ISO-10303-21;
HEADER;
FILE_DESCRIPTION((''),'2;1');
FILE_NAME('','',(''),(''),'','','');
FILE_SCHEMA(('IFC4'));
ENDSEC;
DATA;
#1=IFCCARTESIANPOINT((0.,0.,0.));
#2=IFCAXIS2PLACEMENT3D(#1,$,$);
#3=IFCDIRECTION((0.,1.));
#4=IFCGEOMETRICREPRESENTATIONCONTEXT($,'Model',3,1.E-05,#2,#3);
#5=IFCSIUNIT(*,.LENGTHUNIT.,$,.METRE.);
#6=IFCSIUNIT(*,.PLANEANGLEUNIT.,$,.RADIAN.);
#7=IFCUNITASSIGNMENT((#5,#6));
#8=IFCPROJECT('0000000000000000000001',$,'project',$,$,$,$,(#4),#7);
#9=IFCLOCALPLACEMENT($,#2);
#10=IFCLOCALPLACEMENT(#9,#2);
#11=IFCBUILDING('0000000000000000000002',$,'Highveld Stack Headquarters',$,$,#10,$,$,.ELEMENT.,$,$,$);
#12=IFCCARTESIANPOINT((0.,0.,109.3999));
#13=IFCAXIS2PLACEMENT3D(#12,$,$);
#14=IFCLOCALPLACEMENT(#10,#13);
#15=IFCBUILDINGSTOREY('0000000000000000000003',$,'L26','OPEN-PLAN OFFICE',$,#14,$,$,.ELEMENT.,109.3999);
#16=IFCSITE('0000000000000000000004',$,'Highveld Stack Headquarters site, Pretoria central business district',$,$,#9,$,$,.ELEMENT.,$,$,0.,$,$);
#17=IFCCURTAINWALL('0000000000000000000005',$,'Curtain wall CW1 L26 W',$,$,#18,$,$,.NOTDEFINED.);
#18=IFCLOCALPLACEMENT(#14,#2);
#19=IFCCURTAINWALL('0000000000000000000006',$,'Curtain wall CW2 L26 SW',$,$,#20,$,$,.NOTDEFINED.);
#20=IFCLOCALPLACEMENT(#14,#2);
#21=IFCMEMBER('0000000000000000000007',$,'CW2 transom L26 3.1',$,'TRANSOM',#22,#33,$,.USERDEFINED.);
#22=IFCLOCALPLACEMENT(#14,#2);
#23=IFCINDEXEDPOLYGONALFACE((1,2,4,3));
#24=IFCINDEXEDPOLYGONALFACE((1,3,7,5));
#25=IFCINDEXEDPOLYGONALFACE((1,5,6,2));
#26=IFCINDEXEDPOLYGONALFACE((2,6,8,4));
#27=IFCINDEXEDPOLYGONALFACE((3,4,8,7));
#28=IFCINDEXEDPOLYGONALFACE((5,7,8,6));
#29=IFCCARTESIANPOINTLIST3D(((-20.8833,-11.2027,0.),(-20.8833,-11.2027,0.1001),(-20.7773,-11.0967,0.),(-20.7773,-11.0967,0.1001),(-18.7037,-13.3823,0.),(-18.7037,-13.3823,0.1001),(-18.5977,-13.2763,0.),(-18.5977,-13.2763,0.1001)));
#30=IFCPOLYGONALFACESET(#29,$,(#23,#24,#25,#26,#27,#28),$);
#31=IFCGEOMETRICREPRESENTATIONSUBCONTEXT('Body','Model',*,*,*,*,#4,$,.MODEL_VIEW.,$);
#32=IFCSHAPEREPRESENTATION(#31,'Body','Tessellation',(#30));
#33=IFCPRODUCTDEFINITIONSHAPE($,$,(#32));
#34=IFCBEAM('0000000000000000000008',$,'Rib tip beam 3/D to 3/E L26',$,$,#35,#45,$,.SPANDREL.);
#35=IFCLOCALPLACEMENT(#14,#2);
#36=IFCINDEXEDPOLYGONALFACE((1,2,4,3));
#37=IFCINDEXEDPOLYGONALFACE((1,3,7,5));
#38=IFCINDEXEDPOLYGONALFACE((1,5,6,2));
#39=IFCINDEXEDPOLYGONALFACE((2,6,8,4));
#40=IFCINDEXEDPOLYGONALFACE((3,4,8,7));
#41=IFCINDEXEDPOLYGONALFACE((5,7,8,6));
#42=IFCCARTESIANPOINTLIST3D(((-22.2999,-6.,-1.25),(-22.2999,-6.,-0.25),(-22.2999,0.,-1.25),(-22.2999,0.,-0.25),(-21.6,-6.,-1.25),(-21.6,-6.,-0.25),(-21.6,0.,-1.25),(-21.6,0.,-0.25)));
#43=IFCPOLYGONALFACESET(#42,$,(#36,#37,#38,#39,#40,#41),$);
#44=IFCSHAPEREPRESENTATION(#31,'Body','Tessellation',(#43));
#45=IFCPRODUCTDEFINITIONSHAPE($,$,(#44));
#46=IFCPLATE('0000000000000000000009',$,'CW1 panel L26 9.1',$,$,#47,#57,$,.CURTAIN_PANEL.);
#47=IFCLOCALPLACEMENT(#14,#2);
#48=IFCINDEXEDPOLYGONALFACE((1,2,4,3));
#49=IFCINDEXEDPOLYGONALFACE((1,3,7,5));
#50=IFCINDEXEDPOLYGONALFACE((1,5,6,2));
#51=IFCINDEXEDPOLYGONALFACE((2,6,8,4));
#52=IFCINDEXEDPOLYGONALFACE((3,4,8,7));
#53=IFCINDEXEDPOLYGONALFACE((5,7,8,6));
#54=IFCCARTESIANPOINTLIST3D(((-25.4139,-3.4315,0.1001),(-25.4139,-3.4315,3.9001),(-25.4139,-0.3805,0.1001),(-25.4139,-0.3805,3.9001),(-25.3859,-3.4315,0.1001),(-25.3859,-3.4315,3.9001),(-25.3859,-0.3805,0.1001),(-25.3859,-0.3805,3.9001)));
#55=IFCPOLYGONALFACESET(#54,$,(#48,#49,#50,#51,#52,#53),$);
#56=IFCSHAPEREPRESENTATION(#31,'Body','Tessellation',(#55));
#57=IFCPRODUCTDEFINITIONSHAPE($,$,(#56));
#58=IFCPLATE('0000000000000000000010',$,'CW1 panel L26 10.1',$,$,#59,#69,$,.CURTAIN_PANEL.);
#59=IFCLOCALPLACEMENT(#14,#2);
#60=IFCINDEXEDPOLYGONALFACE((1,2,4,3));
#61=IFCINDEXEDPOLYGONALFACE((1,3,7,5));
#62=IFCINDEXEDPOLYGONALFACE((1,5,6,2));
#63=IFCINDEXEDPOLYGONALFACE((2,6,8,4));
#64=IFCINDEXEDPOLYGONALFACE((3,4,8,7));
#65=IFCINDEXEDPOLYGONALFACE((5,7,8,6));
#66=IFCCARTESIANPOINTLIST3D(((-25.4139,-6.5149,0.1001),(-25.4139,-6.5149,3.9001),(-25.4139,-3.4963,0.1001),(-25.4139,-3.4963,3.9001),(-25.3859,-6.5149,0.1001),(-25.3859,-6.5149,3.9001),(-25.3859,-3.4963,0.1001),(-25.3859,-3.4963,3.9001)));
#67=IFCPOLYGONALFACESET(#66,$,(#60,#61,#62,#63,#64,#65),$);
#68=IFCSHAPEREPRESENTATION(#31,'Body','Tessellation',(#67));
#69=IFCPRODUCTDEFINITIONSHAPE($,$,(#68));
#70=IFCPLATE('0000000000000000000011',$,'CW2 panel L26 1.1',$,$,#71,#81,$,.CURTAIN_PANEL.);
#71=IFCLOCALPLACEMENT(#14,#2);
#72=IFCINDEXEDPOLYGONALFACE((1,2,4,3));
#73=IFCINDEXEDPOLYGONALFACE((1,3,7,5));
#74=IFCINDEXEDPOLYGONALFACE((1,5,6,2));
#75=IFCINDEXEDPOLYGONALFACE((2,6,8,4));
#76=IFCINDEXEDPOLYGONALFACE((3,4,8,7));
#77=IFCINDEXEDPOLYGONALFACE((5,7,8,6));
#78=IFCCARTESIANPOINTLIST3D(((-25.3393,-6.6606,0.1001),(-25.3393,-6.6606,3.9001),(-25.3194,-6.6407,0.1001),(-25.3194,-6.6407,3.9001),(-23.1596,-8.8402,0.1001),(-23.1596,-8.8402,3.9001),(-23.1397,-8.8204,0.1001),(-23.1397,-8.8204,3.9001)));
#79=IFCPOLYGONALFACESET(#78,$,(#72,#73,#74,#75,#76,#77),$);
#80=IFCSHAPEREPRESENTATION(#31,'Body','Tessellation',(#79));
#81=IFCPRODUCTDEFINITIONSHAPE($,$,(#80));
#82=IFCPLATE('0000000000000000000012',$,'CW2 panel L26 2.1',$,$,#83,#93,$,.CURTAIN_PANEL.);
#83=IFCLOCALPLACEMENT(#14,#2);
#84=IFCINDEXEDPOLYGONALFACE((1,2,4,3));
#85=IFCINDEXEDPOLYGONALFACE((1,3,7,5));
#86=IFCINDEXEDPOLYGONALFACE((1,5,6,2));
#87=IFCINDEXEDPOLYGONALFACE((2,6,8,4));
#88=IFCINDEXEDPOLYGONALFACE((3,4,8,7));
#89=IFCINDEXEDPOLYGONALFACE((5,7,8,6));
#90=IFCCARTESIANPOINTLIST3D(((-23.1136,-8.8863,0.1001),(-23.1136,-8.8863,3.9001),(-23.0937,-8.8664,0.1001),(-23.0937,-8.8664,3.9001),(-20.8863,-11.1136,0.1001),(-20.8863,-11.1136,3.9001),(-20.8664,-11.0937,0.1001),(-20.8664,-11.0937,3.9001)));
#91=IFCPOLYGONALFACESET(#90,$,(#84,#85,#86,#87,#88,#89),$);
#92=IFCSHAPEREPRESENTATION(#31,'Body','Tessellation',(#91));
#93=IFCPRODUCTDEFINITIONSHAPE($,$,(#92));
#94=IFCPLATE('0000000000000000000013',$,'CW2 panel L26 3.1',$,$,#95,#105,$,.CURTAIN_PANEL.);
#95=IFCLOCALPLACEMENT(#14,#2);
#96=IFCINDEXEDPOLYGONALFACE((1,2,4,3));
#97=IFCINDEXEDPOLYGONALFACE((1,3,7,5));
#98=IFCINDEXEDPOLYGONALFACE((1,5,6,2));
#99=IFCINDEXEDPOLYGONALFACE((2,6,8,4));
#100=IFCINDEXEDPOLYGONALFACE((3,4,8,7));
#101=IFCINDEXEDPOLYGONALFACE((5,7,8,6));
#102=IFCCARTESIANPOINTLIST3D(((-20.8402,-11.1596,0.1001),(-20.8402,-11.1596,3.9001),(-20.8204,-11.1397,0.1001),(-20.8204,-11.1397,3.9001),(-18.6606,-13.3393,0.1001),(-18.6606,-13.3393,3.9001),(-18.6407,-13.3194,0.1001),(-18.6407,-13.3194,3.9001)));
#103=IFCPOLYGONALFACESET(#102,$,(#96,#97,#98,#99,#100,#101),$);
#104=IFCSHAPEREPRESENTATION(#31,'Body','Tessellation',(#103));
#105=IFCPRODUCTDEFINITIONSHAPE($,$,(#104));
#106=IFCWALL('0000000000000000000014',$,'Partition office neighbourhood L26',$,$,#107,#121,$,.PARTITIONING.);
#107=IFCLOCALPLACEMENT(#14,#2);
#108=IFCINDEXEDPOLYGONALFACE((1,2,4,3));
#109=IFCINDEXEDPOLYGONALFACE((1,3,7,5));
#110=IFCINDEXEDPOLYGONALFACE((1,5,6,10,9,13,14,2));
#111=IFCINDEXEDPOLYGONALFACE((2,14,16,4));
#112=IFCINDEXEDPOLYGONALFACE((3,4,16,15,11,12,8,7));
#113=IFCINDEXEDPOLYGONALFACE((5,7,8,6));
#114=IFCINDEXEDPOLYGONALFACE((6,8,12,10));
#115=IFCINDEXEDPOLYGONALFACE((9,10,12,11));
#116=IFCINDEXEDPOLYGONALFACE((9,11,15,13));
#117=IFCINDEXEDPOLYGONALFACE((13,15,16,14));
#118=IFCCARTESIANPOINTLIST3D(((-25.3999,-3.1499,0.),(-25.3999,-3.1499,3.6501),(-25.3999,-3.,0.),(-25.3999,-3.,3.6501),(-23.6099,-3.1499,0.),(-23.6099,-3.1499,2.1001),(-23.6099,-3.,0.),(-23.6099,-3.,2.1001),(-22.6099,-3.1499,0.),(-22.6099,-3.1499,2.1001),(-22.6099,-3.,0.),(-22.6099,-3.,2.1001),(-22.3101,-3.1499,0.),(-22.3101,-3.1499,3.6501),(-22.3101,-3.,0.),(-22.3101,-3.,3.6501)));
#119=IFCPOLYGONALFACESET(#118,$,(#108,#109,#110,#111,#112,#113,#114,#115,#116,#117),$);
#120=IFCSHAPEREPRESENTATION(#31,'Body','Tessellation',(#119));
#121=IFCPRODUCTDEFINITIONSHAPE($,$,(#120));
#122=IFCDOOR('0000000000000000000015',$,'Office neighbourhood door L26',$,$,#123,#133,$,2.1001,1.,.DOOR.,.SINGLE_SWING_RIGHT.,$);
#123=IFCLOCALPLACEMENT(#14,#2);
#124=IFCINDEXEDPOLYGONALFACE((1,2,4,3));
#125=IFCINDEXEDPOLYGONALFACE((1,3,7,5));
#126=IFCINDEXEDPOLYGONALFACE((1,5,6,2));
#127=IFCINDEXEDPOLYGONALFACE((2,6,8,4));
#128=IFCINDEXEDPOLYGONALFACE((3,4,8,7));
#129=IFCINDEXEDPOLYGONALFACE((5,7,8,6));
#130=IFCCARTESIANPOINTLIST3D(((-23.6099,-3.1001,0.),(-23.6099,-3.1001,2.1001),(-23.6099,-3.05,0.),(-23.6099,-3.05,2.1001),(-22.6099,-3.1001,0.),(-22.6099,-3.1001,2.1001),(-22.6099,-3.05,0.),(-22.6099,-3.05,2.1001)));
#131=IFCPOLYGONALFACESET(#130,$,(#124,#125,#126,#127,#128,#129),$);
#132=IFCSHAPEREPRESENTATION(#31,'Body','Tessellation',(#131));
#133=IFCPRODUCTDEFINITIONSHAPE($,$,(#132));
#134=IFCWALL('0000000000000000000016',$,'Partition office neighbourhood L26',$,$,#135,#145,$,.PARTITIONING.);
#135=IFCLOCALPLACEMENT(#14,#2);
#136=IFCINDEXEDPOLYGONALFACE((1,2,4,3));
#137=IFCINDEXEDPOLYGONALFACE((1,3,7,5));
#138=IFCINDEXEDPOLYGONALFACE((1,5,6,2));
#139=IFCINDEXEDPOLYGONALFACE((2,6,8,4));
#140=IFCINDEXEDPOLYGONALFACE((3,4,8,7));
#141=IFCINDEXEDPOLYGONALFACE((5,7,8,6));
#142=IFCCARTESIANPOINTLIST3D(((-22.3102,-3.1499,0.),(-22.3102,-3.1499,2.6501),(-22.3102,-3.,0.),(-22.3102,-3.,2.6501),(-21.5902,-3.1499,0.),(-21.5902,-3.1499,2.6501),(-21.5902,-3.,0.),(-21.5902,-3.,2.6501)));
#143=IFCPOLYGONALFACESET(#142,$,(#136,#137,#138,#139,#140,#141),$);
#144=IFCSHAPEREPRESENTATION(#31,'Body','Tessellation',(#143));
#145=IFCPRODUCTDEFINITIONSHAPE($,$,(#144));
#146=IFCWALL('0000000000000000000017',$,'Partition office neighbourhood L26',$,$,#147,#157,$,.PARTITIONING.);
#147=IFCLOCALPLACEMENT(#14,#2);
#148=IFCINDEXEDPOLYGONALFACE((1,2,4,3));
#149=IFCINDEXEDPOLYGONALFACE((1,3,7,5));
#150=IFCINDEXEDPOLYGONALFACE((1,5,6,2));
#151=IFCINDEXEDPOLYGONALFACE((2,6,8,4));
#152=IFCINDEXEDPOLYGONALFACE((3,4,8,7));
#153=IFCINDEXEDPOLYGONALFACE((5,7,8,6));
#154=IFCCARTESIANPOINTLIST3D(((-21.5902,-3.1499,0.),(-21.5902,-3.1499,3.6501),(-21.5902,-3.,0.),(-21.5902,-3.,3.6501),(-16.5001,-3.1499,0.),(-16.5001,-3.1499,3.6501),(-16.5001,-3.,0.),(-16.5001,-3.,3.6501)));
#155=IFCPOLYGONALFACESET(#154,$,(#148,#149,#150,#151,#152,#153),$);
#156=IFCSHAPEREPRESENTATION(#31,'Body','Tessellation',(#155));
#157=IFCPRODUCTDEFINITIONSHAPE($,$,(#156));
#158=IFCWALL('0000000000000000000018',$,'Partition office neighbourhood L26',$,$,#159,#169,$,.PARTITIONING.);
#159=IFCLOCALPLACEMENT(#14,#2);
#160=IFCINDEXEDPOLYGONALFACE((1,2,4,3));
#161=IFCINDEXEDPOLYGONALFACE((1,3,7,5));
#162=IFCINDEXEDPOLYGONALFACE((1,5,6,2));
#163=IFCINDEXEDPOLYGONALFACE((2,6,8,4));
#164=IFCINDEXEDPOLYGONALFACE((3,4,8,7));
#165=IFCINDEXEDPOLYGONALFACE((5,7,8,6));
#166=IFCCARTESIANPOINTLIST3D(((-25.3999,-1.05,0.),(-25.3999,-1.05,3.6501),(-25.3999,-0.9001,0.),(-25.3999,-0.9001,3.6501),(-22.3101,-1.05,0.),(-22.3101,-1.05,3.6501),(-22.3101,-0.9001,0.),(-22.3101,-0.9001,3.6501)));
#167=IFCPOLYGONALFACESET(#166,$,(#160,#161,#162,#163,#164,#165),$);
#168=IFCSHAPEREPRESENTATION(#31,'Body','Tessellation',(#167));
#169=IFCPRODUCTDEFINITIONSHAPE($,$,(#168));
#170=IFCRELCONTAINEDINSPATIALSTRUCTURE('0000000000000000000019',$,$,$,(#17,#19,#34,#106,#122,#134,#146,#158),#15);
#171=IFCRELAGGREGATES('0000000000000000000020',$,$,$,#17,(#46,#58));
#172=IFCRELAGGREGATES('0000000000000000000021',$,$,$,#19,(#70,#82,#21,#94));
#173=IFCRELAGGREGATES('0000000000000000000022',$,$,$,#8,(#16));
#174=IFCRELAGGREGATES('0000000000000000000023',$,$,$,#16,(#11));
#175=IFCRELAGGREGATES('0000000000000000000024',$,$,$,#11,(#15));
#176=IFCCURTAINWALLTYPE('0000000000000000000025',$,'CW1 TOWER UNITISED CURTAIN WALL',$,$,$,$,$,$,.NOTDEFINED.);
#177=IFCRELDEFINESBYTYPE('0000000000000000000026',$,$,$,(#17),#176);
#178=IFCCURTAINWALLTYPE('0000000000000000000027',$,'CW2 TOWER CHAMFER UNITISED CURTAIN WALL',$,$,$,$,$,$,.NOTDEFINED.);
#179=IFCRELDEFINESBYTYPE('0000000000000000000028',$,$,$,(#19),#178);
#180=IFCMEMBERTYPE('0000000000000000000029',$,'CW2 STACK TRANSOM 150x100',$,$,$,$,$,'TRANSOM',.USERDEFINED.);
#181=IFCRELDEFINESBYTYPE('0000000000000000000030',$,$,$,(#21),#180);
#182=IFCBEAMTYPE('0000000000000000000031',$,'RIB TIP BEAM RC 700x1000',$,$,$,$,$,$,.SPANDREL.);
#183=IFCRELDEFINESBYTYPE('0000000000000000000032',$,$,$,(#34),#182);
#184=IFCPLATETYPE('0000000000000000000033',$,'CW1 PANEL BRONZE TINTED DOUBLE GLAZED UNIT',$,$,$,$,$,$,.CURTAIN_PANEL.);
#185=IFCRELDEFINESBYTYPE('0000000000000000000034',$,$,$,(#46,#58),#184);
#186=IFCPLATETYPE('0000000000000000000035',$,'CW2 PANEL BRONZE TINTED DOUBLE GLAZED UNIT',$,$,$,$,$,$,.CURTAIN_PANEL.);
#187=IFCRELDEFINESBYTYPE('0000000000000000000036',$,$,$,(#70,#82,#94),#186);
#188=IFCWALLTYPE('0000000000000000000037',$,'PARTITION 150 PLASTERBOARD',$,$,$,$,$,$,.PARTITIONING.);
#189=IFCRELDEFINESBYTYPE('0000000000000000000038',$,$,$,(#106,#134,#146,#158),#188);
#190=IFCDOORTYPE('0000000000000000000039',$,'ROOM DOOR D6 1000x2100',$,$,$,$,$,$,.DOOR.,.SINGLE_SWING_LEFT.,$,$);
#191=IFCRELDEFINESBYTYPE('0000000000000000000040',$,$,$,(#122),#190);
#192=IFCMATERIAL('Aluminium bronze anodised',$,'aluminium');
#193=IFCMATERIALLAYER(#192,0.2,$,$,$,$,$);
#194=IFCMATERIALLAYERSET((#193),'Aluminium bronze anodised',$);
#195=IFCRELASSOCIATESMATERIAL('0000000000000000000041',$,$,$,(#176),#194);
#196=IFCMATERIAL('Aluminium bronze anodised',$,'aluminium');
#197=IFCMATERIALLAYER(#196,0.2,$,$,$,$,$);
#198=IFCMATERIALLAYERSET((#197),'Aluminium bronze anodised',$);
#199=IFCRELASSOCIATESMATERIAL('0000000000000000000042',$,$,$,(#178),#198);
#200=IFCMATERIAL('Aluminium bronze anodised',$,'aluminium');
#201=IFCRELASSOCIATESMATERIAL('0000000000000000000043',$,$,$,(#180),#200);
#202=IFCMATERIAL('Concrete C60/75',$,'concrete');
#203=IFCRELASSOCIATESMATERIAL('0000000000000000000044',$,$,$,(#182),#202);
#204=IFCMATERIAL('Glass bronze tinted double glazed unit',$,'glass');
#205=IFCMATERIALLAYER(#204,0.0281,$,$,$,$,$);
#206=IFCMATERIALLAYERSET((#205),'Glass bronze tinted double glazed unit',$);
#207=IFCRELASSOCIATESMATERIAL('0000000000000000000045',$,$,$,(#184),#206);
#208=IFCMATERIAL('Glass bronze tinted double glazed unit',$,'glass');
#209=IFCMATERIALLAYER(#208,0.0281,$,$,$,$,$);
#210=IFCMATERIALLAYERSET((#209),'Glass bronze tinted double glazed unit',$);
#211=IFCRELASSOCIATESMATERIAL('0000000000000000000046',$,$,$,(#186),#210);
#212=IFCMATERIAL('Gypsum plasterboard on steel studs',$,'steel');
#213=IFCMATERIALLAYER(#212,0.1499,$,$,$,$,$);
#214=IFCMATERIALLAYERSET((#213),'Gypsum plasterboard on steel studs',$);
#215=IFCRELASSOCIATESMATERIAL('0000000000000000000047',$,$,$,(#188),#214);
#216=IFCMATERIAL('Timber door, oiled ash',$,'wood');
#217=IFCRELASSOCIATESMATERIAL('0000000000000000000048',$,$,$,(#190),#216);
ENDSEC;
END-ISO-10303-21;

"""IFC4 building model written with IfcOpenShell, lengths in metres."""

from ifc_helpers import new_model, si_unit, direction, frame, frame_2d, origin, origin_2d, place, context, subcontext, project, spatial, rectangle, extrude, material, layer, layer_set, material_profile, profile_set, type_object, element, fill, aggregate, save


model = new_model("IFC4")

# Units and contexts
model_context = context("Model", 3, precision=1e-05, world=origin(), true_north=direction((0.0, 1.0)))
body_context = subcontext(model_context, "Body", "Model", "MODEL_VIEW")
ifc_project = project(units=[si_unit("LENGTHUNIT", "METRE"), si_unit("PLANEANGLEUNIT", "RADIAN")], contexts=[model_context])

# Site, building, storey
site_placement = place(None, origin())
site = spatial("IfcSite", under=ifc_project, at=site_placement, Name="Highveld Stack Headquarters site, Pretoria central business district", CompositionType="ELEMENT", RefElevation=0.0)
building_placement = place(site_placement, origin())
building = spatial("IfcBuilding", under=site, at=building_placement, Name="Highveld Stack Headquarters", CompositionType="ELEMENT")
storey_placement = place(building_placement, frame((0.0, 0.0, 109.3999)))
storey = spatial("IfcBuildingStorey", under=building, at=storey_placement, Name="L26", Description="OPEN-PLAN OFFICE", CompositionType="ELEMENT", Elevation=109.3999)

# Shared definitions
ifc_material_1 = material(Name="Aluminium bronze anodised", Category="aluminium")
ifc_layer_1 = layer(ifc_material_1, 0.2)
ifc_layer_set_1 = layer_set([ifc_layer_1], Name="Aluminium bronze anodised")
curtain_wall_type_1 = type_object("IfcCurtainWallType", Name="CW1 TOWER UNITISED CURTAIN WALL", PredefinedType="NOTDEFINED", material=ifc_layer_set_1)

# Curtain wall
curtain_wall_1_placement = place(storey_placement, origin())
curtain_wall_1 = element("IfcCurtainWall", 1, at=curtain_wall_1_placement, inside=storey, type_object=curtain_wall_type_1, Name="Curtain wall CW1 L26 W", PredefinedType="NOTDEFINED")

# Curtain wall, member
ifc_material_2 = material(Name="Aluminium bronze anodised", Category="aluminium")
ifc_layer_2 = layer(ifc_material_2, 0.2)
ifc_layer_set_2 = layer_set([ifc_layer_2], Name="Aluminium bronze anodised")
curtain_wall_type_2 = type_object("IfcCurtainWallType", Name="CW2 TOWER CHAMFER UNITISED CURTAIN WALL", PredefinedType="NOTDEFINED", material=ifc_layer_set_2)
curtain_wall_2_placement = place(storey_placement, origin())
curtain_wall_2 = element("IfcCurtainWall", 2, at=curtain_wall_2_placement, inside=storey, type_object=curtain_wall_type_2, Name="Curtain wall CW2 L26 SW", PredefinedType="NOTDEFINED")
ifc_material_3 = material(Name="Aluminium bronze anodised", Category="aluminium")
ifc_material_profile_1 = material_profile(ifc_material_3, rectangle(XDim=0.1499, YDim=0.1001, at=origin_2d()), Name="CW2 TRANSOM 150x100")
ifc_profile_set_1 = profile_set([ifc_material_profile_1], Name="Aluminium bronze anodised")
member_type_1 = type_object("IfcMemberType", Name="CW2 STACK TRANSOM 150x100", ElementType="TRANSOM", PredefinedType="USERDEFINED", material=ifc_profile_set_1)
member_1_placement = place(storey_placement, frame((-20.8303, -11.1497, 0.05), z_axis=(0.707107, -0.707107, 0.0), x_axis=(0.707107, 0.707107, 0.0)))
member_1 = element("IfcMember", 3, at=member_1_placement, type_object=member_type_1, Name="CW2 transom L26 3.1", ObjectType="TRANSOM", PredefinedType="USERDEFINED", context=body_context, shape_type="SweptSolid", body=[
    extrude(rectangle(XDim=0.1499, YDim=0.1001, at=origin_2d()), origin(), (0.0, 0.0, 1.0), 3.0825),
])

# Beam
ifc_material_4 = material(Name="Concrete C60/75", Category="concrete")
ifc_material_profile_2 = material_profile(ifc_material_4, rectangle(XDim=0.7, YDim=1.0, at=origin_2d()), Name="RC 700x1000")
ifc_profile_set_2 = profile_set([ifc_material_profile_2], Name="Concrete C60/75")
beam_type = type_object("IfcBeamType", Name="RIB TIP BEAM RC 700x1000", PredefinedType="SPANDREL", material=ifc_profile_set_2)
beam_placement = place(storey_placement, frame((-21.95, -6.0, -0.75), z_axis=(0.0, 1.0, 0.0), x_axis=(-1.0, 0.0, 0.0)))
element("IfcBeam", 4, at=beam_placement, inside=storey, type_object=beam_type, Name="Rib tip beam 3/D to 3/E L26", PredefinedType="SPANDREL", context=body_context, shape_type="SweptSolid", body=[
    extrude(rectangle(XDim=0.7, YDim=1.0, at=origin_2d()), origin(), (0.0, 0.0, 1.0), 6.0),
])

# Plates
ifc_material_5 = material(Name="Glass bronze tinted double glazed unit", Category="glass")
ifc_layer_3 = layer(ifc_material_5, 0.0281)
ifc_layer_set_3 = layer_set([ifc_layer_3], Name="Glass bronze tinted double glazed unit")
plate_type_1 = type_object("IfcPlateType", Name="CW1 PANEL BRONZE TINTED DOUBLE GLAZED UNIT", PredefinedType="CURTAIN_PANEL", material=ifc_layer_set_3)
plate_1_placement = place(storey_placement, frame((-25.3999, -1.906, 0.1001), z_axis=(0.0, 0.0, 1.0), x_axis=(0.0, -1.0, 0.0)))
plate_1 = element("IfcPlate", 5, at=plate_1_placement, type_object=plate_type_1, Name="CW1 panel L26 9.1", PredefinedType="CURTAIN_PANEL", context=body_context, shape_type="SweptSolid", body=[
    extrude(rectangle(XDim=3.051, YDim=0.0281, at=origin_2d()), origin(), (0.0, 0.0, 1.0), 3.8),
])
plate_2_placement = place(storey_placement, frame((-25.3999, -5.0056, 0.1001), z_axis=(0.0, 0.0, 1.0), x_axis=(0.0, -1.0, 0.0)))
plate_2 = element("IfcPlate", 6, at=plate_2_placement, type_object=plate_type_1, Name="CW1 panel L26 10.1", PredefinedType="CURTAIN_PANEL", context=body_context, shape_type="SweptSolid", body=[
    extrude(rectangle(XDim=3.0186, YDim=0.0281, at=origin_2d()), origin(), (0.0, 0.0, 1.0), 3.8),
])
aggregate(curtain_wall_1, [plate_1, plate_2])
ifc_material_6 = material(Name="Glass bronze tinted double glazed unit", Category="glass")
ifc_layer_4 = layer(ifc_material_6, 0.0281)
ifc_layer_set_4 = layer_set([ifc_layer_4], Name="Glass bronze tinted double glazed unit")
plate_type_2 = type_object("IfcPlateType", Name="CW2 PANEL BRONZE TINTED DOUBLE GLAZED UNIT", PredefinedType="CURTAIN_PANEL", material=ifc_layer_set_4)
plate_3_placement = place(storey_placement, frame((-24.2395, -7.7405, 0.1001), z_axis=(0.0, 0.0, 1.0), x_axis=(0.707107, -0.707107, 0.0)))
plate_3 = element("IfcPlate", 7, at=plate_3_placement, type_object=plate_type_2, Name="CW2 panel L26 1.1", PredefinedType="CURTAIN_PANEL", context=body_context, shape_type="SweptSolid", body=[
    extrude(rectangle(XDim=3.0825, YDim=0.0281, at=origin_2d()), origin(), (0.0, 0.0, 1.0), 3.8),
])
plate_4_placement = place(storey_placement, frame((-21.99, -9.99, 0.1001), z_axis=(0.0, 0.0, 1.0), x_axis=(0.707107, -0.707107, 0.0)))
plate_4 = element("IfcPlate", 8, at=plate_4_placement, type_object=plate_type_2, Name="CW2 panel L26 2.1", PredefinedType="CURTAIN_PANEL", context=body_context, shape_type="SweptSolid", body=[
    extrude(rectangle(XDim=3.1499, YDim=0.0281, at=origin_2d()), origin(), (0.0, 0.0, 1.0), 3.8),
])
plate_5_placement = place(storey_placement, frame((-19.7405, -12.2395, 0.1001), z_axis=(0.0, 0.0, 1.0), x_axis=(0.707107, -0.707107, 0.0)))
plate_5 = element("IfcPlate", 9, at=plate_5_placement, type_object=plate_type_2, Name="CW2 panel L26 3.1", PredefinedType="CURTAIN_PANEL", context=body_context, shape_type="SweptSolid", body=[
    extrude(rectangle(XDim=3.0825, YDim=0.0281, at=origin_2d()), origin(), (0.0, 0.0, 1.0), 3.8),
])
aggregate(curtain_wall_2, [plate_3, plate_4, member_1, plate_5])

# Wall, opening, door
ifc_material_7 = material(Name="Gypsum plasterboard on steel studs", Category="steel")
ifc_layer_5 = layer(ifc_material_7, 0.1499)
ifc_layer_set_5 = layer_set([ifc_layer_5], Name="Gypsum plasterboard on steel studs")
wall_type = type_object("IfcWallType", Name="PARTITION 150 PLASTERBOARD", PredefinedType="PARTITIONING", material=ifc_layer_set_5)
wall_1_placement = place(storey_placement, frame((-25.3999, -3.075, 0.0), z_axis=(0.0, 0.0, 1.0), x_axis=(1.0, 0.0, 0.0)))
wall_1 = element("IfcWall", 10, at=wall_1_placement, inside=storey, type_object=wall_type, Name="Partition office neighbourhood L26", PredefinedType="PARTITIONING", context=body_context, shape_type="SweptSolid", body=[
    extrude(rectangle(XDim=3.0898, YDim=0.1499, at=frame_2d((1.5449, 0.0))), origin(), (0.0, 0.0, 1.0), 3.6501),
])
opening_placement = place(wall_1_placement, frame((1.79, 0.0, 0.0)))
opening = element("IfcOpeningElement", 11, at=opening_placement, cuts=wall_1, PredefinedType="OPENING", context=body_context, shape_type="SweptSolid", body=[
    extrude(rectangle(XDim=1.0, YDim=2.1001, at=frame_2d((0.5, 1.05))), frame((0.0, 0.085, 0.0), z_axis=(0.0, -1.0, 0.0), x_axis=(1.0, 0.0, 0.0)), (0.0, 0.0, 1.0), 0.1699),
])
ifc_material_8 = material(Name="Timber door, oiled ash", Category="wood")
door_type = type_object("IfcDoorType", Name="ROOM DOOR D6 1000x2100", OperationType="SINGLE_SWING_LEFT", PredefinedType="DOOR", material=ifc_material_8)
door_placement = place(opening_placement, origin())
door = element("IfcDoor", 12, at=door_placement, inside=storey, type_object=door_type, Name="Office neighbourhood door L26", OperationType="SINGLE_SWING_RIGHT", OverallHeight=2.1001, OverallWidth=1.0, PredefinedType="DOOR", context=body_context, shape_type="SweptSolid", body=[
    extrude(rectangle(XDim=1.0, YDim=2.1001, at=frame_2d((0.5, 1.05))), frame((0.0, 0.0249, 0.0), z_axis=(0.0, -1.0, 0.0), x_axis=(1.0, 0.0, 0.0)), (0.0, 0.0, 1.0), 0.05),
])
fill(opening, door)

# Walls
wall_2_placement = place(storey_placement, frame((-22.3101, -3.075, 0.0), z_axis=(0.0, 0.0, 1.0), x_axis=(1.0, 0.0, 0.0)))
element("IfcWall", 13, at=wall_2_placement, inside=storey, type_object=wall_type, Name="Partition office neighbourhood L26", PredefinedType="PARTITIONING", context=body_context, shape_type="SweptSolid", body=[
    extrude(rectangle(XDim=0.72, YDim=0.1499, at=frame_2d((0.3599, 0.0))), origin(), (0.0, 0.0, 1.0), 2.6501),
])
wall_3_placement = place(storey_placement, frame((-21.5901, -3.075, 0.0), z_axis=(0.0, 0.0, 1.0), x_axis=(1.0, 0.0, 0.0)))
element("IfcWall", 14, at=wall_3_placement, inside=storey, type_object=wall_type, Name="Partition office neighbourhood L26", PredefinedType="PARTITIONING", context=body_context, shape_type="SweptSolid", body=[
    extrude(rectangle(XDim=5.0901, YDim=0.1499, at=frame_2d((2.5449, 0.0))), origin(), (0.0, 0.0, 1.0), 3.6501),
])
wall_4_placement = place(storey_placement, frame((-25.3999, -0.9751, 0.0), z_axis=(0.0, 0.0, 1.0), x_axis=(1.0, 0.0, 0.0)))
element("IfcWall", 15, at=wall_4_placement, inside=storey, type_object=wall_type, Name="Partition office neighbourhood L26", PredefinedType="PARTITIONING", context=body_context, shape_type="SweptSolid", body=[
    extrude(rectangle(XDim=3.0898, YDim=0.1499, at=frame_2d((1.5449, 0.0))), origin(), (0.0, 0.0, 1.0), 3.6501),
])

save(model, "model.ifc")
